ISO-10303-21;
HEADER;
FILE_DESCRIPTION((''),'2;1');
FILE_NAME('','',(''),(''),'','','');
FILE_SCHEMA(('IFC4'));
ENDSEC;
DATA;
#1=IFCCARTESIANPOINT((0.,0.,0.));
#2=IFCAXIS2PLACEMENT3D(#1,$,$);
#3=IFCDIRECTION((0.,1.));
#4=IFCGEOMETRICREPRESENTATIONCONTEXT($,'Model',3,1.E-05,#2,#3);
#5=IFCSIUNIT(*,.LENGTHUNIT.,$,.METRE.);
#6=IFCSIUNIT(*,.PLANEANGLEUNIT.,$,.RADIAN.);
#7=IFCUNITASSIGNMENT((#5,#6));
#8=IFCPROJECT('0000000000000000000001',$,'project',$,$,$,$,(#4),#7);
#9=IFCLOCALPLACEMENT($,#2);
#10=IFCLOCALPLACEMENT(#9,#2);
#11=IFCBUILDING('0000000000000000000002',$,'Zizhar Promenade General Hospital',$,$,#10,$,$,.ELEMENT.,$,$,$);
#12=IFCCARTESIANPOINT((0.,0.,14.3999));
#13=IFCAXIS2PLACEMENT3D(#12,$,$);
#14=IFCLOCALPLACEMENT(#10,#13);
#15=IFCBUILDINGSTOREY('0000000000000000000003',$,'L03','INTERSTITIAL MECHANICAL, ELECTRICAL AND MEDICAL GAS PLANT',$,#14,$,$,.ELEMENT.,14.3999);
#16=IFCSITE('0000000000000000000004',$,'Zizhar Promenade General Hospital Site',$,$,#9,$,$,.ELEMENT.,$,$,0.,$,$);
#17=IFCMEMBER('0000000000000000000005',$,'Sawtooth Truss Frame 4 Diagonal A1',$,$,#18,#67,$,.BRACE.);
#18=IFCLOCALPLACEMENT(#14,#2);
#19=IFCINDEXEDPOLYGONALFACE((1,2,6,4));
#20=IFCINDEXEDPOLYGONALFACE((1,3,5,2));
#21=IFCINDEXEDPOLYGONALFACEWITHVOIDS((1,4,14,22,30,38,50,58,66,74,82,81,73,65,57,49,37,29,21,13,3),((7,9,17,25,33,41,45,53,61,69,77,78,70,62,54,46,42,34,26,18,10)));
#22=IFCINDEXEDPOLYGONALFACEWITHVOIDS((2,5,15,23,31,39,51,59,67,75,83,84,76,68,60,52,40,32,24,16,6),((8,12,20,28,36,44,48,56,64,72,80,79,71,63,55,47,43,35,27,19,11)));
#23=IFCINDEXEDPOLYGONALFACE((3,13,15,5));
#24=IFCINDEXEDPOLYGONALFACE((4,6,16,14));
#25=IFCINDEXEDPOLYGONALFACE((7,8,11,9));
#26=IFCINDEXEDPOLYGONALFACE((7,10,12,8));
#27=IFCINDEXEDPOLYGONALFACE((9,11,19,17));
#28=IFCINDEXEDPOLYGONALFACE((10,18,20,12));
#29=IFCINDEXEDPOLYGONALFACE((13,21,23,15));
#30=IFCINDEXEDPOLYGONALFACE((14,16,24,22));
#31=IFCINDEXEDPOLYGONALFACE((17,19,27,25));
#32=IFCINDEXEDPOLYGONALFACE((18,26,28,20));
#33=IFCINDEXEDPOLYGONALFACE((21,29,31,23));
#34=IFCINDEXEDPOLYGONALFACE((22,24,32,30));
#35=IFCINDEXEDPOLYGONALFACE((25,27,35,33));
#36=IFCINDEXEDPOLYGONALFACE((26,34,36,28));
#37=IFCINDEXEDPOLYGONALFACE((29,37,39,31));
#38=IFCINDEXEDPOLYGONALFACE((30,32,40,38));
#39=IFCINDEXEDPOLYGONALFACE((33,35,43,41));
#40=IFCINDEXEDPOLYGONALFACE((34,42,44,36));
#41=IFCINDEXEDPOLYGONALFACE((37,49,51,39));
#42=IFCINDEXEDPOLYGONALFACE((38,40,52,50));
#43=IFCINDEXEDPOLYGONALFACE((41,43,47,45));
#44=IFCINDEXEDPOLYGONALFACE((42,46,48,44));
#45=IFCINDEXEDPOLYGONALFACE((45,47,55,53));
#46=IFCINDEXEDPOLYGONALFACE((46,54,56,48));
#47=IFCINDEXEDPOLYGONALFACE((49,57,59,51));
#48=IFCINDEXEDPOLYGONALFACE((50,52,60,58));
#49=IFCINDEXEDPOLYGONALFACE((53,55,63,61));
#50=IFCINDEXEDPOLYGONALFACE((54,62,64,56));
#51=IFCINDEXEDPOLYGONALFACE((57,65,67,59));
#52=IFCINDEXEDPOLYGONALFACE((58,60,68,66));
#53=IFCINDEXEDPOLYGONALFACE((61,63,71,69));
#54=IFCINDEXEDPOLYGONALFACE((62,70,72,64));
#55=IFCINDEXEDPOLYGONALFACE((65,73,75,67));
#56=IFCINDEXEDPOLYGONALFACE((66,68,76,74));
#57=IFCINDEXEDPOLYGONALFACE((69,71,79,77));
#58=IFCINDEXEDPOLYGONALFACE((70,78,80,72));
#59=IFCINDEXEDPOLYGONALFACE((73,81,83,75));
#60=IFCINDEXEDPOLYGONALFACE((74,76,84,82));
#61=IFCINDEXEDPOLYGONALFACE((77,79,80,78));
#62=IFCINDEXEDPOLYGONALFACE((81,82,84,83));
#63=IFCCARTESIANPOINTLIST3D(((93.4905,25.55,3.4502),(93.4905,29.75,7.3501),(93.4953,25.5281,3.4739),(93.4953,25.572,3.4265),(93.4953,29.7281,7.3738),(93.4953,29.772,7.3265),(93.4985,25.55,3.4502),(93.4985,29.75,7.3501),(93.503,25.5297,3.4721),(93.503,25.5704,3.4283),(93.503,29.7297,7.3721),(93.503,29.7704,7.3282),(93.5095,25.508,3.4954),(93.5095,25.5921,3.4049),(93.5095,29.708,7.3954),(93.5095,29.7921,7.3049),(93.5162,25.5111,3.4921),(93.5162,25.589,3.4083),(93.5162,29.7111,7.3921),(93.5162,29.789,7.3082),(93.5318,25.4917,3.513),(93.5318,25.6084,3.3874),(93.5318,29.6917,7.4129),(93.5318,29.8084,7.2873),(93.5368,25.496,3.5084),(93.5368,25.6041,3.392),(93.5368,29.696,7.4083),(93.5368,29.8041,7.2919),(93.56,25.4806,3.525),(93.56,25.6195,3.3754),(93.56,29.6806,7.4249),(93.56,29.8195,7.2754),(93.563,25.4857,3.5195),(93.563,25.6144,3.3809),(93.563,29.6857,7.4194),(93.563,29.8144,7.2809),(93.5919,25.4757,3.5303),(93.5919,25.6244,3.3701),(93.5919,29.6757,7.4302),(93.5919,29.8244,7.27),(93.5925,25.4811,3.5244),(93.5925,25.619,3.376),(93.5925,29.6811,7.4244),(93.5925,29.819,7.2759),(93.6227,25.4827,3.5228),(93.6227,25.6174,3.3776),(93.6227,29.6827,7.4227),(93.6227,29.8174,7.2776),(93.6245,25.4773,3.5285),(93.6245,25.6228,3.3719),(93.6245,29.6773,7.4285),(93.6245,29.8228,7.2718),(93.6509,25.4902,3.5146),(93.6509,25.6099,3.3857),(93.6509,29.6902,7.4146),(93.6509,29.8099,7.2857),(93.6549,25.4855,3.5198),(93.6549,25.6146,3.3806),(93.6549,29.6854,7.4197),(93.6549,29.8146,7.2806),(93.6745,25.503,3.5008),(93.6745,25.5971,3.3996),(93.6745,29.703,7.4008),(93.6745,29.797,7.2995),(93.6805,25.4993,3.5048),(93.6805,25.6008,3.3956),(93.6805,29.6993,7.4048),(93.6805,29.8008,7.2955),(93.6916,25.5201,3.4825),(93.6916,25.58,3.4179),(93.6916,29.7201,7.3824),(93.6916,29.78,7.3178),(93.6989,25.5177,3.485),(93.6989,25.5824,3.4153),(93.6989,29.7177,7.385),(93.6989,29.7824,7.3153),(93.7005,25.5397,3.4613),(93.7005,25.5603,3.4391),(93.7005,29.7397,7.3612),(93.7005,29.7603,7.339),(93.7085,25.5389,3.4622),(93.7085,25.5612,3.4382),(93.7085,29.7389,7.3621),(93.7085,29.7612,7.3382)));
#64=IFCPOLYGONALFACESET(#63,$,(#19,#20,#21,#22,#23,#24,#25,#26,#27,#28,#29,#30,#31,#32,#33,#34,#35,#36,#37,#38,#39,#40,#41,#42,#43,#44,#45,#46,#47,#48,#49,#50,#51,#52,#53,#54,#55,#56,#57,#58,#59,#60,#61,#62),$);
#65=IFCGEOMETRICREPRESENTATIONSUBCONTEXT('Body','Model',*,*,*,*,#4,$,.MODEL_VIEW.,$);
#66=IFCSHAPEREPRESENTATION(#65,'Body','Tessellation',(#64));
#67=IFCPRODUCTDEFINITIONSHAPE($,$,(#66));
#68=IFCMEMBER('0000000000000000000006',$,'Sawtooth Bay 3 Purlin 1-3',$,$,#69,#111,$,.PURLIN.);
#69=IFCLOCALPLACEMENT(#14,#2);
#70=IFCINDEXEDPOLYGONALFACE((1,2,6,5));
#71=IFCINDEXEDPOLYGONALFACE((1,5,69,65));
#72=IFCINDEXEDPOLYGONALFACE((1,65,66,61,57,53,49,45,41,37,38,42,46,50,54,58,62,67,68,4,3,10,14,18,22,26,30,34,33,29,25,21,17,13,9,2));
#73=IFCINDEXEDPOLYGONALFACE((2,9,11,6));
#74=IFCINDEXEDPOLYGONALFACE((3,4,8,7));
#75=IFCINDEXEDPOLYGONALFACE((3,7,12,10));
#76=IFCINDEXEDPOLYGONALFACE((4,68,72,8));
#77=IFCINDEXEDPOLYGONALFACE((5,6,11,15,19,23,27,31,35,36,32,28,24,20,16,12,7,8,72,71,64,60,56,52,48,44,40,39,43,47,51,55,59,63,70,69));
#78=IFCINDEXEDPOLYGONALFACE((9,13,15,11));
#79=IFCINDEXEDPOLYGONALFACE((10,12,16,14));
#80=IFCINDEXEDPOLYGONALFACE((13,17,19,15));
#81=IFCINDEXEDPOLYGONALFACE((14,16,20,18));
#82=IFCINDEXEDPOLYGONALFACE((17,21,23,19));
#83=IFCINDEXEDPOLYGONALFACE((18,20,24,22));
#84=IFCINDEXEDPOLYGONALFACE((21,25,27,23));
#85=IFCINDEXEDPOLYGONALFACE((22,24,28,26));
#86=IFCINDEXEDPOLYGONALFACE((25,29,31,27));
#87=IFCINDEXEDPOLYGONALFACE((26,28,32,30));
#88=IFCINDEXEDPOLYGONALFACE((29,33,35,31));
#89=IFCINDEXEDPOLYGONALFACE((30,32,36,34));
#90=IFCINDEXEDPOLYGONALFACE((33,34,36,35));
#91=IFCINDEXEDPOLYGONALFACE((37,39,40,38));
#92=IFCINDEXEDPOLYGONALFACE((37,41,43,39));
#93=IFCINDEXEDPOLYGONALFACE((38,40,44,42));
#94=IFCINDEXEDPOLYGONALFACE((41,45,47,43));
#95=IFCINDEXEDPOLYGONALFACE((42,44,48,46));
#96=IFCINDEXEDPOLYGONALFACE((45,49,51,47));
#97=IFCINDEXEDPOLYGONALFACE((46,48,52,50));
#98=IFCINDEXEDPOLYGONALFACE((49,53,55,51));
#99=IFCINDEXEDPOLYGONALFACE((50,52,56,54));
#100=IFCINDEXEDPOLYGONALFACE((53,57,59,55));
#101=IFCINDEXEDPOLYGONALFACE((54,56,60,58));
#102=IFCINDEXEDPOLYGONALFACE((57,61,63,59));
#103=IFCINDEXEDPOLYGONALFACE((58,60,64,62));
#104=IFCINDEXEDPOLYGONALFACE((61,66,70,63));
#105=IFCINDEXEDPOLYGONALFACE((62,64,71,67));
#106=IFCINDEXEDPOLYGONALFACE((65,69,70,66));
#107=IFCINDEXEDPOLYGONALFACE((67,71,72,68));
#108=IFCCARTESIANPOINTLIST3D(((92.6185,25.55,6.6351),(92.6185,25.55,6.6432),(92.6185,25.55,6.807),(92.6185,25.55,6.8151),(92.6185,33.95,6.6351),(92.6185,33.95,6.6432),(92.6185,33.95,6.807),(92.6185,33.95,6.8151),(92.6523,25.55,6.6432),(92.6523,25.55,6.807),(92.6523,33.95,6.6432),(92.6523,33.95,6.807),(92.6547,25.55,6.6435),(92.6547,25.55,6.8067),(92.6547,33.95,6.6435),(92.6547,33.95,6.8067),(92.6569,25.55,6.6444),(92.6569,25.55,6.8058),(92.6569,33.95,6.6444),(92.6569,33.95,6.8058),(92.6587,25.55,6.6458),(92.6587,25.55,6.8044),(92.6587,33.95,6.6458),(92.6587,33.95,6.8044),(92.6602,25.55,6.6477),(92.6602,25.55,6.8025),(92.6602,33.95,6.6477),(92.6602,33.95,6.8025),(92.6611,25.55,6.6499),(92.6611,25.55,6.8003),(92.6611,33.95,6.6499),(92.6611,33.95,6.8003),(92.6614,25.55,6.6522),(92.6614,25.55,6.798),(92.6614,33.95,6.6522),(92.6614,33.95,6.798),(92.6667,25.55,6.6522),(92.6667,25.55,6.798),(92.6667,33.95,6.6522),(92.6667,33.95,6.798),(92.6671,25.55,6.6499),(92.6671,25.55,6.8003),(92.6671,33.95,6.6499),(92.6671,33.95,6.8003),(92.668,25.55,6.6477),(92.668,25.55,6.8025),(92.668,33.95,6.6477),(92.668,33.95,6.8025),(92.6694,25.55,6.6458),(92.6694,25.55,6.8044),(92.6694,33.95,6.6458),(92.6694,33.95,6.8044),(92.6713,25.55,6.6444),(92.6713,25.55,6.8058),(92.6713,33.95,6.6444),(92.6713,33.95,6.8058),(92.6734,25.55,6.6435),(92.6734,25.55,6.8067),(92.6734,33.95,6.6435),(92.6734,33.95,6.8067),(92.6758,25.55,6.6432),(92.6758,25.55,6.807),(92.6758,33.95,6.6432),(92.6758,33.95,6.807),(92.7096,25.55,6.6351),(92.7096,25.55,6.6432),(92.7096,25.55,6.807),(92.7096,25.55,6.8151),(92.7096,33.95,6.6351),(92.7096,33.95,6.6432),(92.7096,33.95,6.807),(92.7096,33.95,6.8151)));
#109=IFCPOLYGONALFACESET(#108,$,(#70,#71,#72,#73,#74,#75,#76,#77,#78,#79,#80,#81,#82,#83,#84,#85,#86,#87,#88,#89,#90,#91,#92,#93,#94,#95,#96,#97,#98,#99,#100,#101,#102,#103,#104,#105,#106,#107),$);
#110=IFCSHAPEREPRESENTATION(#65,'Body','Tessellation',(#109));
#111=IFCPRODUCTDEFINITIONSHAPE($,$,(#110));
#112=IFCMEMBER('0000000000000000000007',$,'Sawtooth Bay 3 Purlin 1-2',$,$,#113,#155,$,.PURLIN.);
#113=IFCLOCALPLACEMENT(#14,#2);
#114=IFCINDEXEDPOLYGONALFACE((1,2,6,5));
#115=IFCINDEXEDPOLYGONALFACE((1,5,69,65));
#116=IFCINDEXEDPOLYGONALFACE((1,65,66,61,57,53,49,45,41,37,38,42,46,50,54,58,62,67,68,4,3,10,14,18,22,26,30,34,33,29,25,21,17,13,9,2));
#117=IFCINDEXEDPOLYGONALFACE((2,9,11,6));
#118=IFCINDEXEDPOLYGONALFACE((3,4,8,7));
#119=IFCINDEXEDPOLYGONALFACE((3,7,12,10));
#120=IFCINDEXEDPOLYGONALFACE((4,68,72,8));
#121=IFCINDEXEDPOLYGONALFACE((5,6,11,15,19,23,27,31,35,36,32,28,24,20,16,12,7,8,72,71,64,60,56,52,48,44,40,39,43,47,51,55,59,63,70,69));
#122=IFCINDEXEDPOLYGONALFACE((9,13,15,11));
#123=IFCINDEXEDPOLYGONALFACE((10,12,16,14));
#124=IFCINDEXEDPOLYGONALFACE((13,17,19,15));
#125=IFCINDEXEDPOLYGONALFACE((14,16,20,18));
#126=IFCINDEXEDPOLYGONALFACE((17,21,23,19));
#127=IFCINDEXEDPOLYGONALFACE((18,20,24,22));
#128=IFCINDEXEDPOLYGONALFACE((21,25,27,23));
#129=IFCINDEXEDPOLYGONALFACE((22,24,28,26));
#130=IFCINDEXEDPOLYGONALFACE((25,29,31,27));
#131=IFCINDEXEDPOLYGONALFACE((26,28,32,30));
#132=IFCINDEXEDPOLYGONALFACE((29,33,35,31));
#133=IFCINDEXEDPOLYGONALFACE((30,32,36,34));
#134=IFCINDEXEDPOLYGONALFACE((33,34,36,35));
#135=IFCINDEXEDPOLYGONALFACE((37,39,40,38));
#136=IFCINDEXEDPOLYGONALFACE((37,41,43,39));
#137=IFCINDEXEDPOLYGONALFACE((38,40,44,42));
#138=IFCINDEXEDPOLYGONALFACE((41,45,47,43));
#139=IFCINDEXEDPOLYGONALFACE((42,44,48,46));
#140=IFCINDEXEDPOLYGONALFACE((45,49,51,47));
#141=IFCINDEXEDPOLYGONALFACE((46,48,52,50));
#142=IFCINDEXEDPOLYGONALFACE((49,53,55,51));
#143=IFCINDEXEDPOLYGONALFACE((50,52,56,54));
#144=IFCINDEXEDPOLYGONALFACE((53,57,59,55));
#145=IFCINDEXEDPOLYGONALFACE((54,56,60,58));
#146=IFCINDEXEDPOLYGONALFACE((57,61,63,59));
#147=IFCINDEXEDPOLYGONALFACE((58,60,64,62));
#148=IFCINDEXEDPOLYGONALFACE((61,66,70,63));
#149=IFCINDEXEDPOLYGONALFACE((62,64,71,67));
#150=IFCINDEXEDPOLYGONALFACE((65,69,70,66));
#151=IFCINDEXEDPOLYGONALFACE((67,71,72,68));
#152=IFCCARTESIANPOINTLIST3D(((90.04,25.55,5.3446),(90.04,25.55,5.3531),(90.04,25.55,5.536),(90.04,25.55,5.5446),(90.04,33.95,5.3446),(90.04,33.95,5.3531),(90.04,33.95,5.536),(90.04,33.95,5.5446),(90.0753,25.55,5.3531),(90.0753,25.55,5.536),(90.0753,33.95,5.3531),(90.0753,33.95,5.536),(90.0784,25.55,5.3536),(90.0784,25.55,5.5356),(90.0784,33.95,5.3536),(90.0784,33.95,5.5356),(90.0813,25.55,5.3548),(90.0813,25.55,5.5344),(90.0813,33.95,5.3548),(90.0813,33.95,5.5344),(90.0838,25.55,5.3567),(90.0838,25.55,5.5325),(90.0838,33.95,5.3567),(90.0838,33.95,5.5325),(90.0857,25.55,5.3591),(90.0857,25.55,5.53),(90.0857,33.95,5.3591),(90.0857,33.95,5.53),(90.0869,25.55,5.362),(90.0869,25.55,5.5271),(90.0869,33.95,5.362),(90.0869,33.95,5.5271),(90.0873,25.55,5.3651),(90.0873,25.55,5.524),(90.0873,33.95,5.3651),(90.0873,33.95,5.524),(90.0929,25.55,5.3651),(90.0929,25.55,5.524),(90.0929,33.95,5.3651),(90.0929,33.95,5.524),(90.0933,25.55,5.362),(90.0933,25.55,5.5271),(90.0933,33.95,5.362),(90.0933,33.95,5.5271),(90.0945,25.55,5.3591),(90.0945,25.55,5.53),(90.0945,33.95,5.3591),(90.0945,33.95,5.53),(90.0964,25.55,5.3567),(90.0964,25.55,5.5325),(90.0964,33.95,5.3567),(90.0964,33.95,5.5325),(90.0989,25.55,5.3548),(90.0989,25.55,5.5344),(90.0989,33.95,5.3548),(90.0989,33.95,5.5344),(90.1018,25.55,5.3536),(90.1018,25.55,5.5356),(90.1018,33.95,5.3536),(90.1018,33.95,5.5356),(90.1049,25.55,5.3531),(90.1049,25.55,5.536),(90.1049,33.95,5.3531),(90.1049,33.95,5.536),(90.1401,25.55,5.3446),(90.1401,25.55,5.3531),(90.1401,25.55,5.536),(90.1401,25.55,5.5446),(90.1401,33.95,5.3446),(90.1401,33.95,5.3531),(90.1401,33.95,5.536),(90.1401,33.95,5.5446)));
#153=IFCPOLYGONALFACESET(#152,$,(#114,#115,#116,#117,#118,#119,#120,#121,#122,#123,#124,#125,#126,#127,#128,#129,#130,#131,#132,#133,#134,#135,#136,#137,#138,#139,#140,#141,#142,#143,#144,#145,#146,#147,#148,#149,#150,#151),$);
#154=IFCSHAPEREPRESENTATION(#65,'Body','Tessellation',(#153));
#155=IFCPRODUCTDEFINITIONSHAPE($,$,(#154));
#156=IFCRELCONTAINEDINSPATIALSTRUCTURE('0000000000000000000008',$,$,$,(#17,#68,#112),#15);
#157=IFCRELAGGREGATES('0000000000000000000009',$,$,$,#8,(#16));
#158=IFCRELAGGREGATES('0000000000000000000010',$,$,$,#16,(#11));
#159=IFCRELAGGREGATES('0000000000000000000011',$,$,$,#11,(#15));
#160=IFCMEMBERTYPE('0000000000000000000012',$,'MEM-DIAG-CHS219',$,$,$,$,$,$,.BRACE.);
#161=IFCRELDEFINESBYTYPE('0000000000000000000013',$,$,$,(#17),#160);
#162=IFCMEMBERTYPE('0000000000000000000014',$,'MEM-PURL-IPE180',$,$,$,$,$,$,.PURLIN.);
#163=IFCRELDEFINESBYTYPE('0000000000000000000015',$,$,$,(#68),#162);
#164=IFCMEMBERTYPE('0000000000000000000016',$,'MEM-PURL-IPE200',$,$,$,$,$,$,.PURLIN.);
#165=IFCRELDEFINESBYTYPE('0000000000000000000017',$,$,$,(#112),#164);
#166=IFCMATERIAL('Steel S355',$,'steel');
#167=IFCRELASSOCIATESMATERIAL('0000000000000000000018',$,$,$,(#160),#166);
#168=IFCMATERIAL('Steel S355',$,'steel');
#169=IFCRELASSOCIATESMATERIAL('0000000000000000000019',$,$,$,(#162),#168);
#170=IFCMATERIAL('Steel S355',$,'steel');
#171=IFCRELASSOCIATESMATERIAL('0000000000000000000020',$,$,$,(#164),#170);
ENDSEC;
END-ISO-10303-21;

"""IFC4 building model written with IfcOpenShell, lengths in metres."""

from ifc_helpers import new_model, si_unit, direction, frame, origin, origin_2d, place, context, subcontext, project, spatial, hollow_circle, i_section, extrude, material, material_profile, profile_set, type_object, element, save


model = new_model("IFC4")

# Units and contexts
model_context = context("Model", 3, precision=1e-05, world=origin(), true_north=direction((0.0, 1.0)))
body_context = subcontext(model_context, "Body", "Model", "MODEL_VIEW")
ifc_project = project(units=[si_unit("LENGTHUNIT", "METRE"), si_unit("PLANEANGLEUNIT", "RADIAN")], contexts=[model_context])

# Site, building, storey
site_placement = place(None, origin())
site = spatial("IfcSite", under=ifc_project, at=site_placement, Name="Zizhar Promenade General Hospital Site", CompositionType="ELEMENT", RefElevation=0.0)
building_placement = place(site_placement, origin())
building = spatial("IfcBuilding", under=site, at=building_placement, Name="Zizhar Promenade General Hospital", CompositionType="ELEMENT")
storey_placement = place(building_placement, frame((0.0, 0.0, 14.3999)))
storey = spatial("IfcBuildingStorey", under=building, at=storey_placement, Name="L03", Description="INTERSTITIAL MECHANICAL, ELECTRICAL AND MEDICAL GAS PLANT", CompositionType="ELEMENT", Elevation=14.3999)

# Members
ifc_material_1 = material(Name="Steel S355", Category="steel")
ifc_material_profile_1 = material_profile(ifc_material_1, hollow_circle(Radius=0.1096, WallThickness=0.0081, at=origin_2d()))
ifc_profile_set_1 = profile_set([ifc_material_profile_1], Name="Steel S355")
member_type_1 = type_object("IfcMemberType", Name="MEM-DIAG-CHS219", PredefinedType="BRACE", material=ifc_profile_set_1)
member_1_placement = place(storey_placement, frame((93.6001, 25.55, 3.4502), z_axis=(0.0, 0.732798, 0.680446), x_axis=(-1.0, 0.0, 0.0)))
element("IfcMember", 1, at=member_1_placement, inside=storey, type_object=member_type_1, Name="Sawtooth Truss Frame 4 Diagonal A1", PredefinedType="BRACE", context=body_context, shape_type="SweptSolid", body=[
    extrude(hollow_circle(Radius=0.1096, WallThickness=0.0081, at=origin_2d()), origin(), (0.0, 0.0, 1.0), 5.7314),
])
ifc_material_2 = material(Name="Steel S355", Category="steel")
ifc_material_profile_2 = material_profile(ifc_material_2, i_section(OverallWidth=0.0911, OverallDepth=0.1799, WebThickness=0.0054, FlangeThickness=0.0081, FilletRadius=0.009, at=origin_2d()))
ifc_profile_set_2 = profile_set([ifc_material_profile_2], Name="Steel S355")
member_type_2 = type_object("IfcMemberType", Name="MEM-PURL-IPE180", PredefinedType="PURLIN", material=ifc_profile_set_2)
member_2_placement = place(storey_placement, frame((92.6641, 25.55, 6.7251), z_axis=(0.0, 1.0, 0.0), x_axis=(-1.0, 0.0, 0.0)))
element("IfcMember", 2, at=member_2_placement, inside=storey, type_object=member_type_2, Name="Sawtooth Bay 3 Purlin 1-3", PredefinedType="PURLIN", context=body_context, shape_type="SweptSolid", body=[
    extrude(i_section(OverallWidth=0.0911, OverallDepth=0.1799, WebThickness=0.0054, FlangeThickness=0.0081, FilletRadius=0.009, at=origin_2d()), origin(), (0.0, 0.0, 1.0), 8.3999),
])
ifc_material_3 = material(Name="Steel S355", Category="steel")
ifc_material_profile_3 = material_profile(ifc_material_3, i_section(OverallWidth=0.1001, OverallDepth=0.2, WebThickness=0.0056, FlangeThickness=0.0085, FilletRadius=0.012, at=origin_2d()))
ifc_profile_set_3 = profile_set([ifc_material_profile_3], Name="Steel S355")
member_type_3 = type_object("IfcMemberType", Name="MEM-PURL-IPE200", PredefinedType="PURLIN", material=ifc_profile_set_3)
member_3_placement = place(storey_placement, frame((90.0901, 25.55, 5.4446), z_axis=(0.0, 1.0, 0.0), x_axis=(-1.0, 0.0, 0.0)))
element("IfcMember", 3, at=member_3_placement, inside=storey, type_object=member_type_3, Name="Sawtooth Bay 3 Purlin 1-2", PredefinedType="PURLIN", context=body_context, shape_type="SweptSolid", body=[
    extrude(i_section(OverallWidth=0.1001, OverallDepth=0.2, WebThickness=0.0056, FlangeThickness=0.0085, FilletRadius=0.012, at=origin_2d()), origin(), (0.0, 0.0, 1.0), 8.3999),
])

save(model, "model.ifc")
